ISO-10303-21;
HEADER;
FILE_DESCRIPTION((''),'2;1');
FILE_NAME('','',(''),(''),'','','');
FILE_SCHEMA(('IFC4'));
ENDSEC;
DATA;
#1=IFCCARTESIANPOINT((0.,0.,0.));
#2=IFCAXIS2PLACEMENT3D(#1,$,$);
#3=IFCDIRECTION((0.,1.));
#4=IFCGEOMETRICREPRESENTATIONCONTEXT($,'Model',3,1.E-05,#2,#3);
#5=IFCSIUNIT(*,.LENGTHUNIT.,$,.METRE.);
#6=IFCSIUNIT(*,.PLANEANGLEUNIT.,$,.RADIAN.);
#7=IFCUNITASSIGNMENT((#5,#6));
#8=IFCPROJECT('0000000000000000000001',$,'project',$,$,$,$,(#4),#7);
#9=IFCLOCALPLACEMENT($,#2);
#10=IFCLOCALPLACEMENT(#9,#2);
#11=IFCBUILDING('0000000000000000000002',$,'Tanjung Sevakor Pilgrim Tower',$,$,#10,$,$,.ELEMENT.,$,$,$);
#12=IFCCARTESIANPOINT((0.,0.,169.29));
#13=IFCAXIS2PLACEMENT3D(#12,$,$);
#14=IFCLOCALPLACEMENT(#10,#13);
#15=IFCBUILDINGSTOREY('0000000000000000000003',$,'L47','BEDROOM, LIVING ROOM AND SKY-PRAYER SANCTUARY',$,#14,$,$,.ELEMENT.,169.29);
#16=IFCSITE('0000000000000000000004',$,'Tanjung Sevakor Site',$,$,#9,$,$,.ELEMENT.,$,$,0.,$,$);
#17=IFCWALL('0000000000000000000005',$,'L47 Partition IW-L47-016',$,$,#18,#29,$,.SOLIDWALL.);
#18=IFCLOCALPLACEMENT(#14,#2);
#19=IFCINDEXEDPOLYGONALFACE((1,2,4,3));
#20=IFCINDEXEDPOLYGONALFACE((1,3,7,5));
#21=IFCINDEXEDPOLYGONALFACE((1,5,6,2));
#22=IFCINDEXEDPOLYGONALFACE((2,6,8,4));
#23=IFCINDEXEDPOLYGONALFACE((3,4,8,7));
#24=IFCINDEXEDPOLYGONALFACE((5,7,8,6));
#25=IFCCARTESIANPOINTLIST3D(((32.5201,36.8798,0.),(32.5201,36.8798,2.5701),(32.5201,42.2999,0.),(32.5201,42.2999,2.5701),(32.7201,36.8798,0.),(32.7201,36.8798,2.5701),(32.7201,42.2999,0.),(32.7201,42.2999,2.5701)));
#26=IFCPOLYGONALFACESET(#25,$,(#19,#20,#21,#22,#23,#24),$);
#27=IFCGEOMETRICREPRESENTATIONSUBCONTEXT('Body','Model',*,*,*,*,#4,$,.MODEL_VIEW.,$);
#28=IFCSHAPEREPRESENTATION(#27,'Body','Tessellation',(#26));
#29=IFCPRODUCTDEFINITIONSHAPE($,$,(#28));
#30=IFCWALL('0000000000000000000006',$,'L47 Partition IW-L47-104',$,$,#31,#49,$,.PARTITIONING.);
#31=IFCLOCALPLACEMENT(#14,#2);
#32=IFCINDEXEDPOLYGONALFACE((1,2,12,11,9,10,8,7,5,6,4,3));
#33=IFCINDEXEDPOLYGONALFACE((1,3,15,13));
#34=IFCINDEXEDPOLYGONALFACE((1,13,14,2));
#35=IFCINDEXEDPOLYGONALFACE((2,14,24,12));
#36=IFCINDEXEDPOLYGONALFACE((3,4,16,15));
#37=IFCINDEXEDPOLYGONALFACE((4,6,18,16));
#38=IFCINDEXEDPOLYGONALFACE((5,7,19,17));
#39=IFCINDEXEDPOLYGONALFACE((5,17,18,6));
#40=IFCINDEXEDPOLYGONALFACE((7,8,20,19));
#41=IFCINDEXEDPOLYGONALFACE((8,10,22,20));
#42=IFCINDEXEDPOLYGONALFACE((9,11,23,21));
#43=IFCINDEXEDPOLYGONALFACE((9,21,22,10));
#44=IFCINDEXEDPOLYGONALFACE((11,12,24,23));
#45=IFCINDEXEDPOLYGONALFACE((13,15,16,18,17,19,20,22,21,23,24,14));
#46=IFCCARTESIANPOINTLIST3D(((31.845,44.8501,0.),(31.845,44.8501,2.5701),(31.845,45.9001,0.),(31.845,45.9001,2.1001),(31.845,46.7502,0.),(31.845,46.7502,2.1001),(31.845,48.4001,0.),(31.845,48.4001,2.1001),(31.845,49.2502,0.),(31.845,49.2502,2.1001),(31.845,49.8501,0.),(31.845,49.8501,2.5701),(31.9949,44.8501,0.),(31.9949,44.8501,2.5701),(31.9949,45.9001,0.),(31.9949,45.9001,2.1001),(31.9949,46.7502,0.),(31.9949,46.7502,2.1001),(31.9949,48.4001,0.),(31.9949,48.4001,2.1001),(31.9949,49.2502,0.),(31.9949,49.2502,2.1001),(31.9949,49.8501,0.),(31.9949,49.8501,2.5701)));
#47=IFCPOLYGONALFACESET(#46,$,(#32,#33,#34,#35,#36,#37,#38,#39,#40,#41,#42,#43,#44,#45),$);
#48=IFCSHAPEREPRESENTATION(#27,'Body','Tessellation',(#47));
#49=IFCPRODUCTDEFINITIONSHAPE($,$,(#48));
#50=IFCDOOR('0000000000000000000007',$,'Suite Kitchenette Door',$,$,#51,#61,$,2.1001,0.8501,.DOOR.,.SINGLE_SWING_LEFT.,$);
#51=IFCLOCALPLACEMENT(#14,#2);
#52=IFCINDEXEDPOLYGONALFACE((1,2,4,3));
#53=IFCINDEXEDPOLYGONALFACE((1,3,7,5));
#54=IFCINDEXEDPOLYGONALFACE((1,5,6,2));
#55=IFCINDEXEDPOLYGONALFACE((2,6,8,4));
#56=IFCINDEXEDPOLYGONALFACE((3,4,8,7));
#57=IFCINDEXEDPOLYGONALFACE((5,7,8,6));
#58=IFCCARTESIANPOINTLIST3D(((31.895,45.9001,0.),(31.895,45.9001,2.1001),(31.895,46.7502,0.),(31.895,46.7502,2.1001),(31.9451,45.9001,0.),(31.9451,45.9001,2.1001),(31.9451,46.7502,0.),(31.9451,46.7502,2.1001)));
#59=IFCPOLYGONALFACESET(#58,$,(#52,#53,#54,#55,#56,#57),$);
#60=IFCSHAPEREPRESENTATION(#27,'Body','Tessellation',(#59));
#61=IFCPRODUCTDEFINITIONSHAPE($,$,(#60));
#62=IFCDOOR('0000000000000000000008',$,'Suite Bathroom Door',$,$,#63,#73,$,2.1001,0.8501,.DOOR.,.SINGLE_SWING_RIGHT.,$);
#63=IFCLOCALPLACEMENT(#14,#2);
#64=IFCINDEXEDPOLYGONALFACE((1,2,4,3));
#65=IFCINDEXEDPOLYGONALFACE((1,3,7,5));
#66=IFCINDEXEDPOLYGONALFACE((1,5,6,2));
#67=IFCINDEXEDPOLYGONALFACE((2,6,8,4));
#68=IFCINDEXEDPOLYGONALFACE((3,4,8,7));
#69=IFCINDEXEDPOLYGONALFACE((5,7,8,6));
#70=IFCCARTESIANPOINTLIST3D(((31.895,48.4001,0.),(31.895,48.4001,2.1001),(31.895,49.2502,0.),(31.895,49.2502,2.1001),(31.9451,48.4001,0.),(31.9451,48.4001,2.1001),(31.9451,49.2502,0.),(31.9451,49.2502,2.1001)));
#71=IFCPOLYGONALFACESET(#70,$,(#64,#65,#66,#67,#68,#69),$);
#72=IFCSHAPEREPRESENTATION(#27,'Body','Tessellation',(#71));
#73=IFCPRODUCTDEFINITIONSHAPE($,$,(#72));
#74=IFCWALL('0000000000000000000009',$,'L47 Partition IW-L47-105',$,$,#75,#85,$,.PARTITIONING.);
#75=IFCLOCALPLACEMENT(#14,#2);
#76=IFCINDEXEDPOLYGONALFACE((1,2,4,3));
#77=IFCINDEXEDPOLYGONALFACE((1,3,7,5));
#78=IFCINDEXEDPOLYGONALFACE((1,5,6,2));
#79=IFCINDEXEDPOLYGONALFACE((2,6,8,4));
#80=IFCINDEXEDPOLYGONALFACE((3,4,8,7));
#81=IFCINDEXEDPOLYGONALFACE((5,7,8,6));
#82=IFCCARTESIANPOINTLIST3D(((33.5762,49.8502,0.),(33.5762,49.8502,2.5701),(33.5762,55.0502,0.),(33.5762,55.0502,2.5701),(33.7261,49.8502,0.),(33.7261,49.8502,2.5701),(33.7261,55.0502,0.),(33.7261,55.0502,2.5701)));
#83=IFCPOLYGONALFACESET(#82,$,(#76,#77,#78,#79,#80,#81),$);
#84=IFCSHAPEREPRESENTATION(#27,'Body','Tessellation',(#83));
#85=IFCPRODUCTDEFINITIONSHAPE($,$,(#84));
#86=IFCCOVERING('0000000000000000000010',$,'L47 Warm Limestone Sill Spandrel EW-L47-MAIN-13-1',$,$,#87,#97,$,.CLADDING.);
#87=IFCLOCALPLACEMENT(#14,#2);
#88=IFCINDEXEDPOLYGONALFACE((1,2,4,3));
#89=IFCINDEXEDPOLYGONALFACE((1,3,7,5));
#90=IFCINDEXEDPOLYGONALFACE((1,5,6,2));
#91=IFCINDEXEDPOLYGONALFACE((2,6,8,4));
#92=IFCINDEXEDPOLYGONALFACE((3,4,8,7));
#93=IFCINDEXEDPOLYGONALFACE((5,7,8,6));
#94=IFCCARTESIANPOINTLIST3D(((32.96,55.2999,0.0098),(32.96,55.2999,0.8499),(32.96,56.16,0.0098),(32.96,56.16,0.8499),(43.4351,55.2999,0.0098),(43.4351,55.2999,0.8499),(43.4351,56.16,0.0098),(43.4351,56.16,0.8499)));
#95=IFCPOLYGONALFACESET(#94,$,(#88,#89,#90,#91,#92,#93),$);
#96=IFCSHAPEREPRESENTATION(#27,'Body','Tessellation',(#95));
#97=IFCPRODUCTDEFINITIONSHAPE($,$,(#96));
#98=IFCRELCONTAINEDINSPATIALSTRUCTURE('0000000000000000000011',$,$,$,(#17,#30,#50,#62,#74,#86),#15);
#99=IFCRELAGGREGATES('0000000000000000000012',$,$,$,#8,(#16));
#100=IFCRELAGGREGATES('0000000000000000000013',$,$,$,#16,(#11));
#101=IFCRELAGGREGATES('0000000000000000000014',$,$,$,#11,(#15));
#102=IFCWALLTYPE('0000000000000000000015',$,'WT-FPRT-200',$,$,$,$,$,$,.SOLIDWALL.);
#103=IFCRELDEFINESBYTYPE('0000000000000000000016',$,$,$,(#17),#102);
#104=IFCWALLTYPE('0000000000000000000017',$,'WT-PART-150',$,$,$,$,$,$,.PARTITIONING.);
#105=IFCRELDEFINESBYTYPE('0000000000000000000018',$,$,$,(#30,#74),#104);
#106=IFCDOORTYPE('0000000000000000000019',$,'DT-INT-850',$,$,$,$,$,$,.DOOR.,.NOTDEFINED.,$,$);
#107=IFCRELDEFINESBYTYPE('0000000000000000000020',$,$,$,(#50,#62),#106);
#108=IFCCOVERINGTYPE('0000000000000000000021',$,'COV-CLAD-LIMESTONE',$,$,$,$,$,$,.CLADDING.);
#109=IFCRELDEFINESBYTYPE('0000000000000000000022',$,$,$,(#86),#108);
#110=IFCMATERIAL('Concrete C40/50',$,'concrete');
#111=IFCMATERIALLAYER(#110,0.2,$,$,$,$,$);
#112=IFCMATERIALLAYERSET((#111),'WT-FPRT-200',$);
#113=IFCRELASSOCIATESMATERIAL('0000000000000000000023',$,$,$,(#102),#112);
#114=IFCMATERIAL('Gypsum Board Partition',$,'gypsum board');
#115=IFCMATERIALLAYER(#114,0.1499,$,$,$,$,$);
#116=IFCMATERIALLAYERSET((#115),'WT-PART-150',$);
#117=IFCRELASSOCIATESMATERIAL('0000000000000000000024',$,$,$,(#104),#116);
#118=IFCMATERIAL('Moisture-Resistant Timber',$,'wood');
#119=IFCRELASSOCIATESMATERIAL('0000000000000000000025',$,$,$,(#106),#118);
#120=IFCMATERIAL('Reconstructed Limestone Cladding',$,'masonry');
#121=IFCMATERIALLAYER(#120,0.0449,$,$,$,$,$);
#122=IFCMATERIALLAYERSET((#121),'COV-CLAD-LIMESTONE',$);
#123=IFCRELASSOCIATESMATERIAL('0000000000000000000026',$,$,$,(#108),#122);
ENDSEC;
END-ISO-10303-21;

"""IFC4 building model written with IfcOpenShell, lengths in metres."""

from ifc_helpers import new_model, si_unit, direction, frame, frame_2d, origin, origin_2d, place, context, subcontext, project, spatial, rectangle, extrude, material, layer, layer_set, type_object, element, fill, save


model = new_model("IFC4")

# Units and contexts
model_context = context("Model", 3, precision=1e-05, world=origin(), true_north=direction((0.0, 1.0)))
body_context = subcontext(model_context, "Body", "Model", "MODEL_VIEW")
ifc_project = project(units=[si_unit("LENGTHUNIT", "METRE"), si_unit("PLANEANGLEUNIT", "RADIAN")], contexts=[model_context])

# Site, building, storey
site_placement = place(None, origin())
site = spatial("IfcSite", under=ifc_project, at=site_placement, Name="Tanjung Sevakor Site", CompositionType="ELEMENT", RefElevation=0.0)
building_placement = place(site_placement, origin())
building = spatial("IfcBuilding", under=site, at=building_placement, Name="Tanjung Sevakor Pilgrim Tower", CompositionType="ELEMENT")
storey_placement = place(building_placement, frame((0.0, 0.0, 169.29)))
storey = spatial("IfcBuildingStorey", under=building, at=storey_placement, Name="L47", Description="BEDROOM, LIVING ROOM AND SKY-PRAYER SANCTUARY", CompositionType="ELEMENT", Elevation=169.29)

# Wall
ifc_material_1 = material(Name="Concrete C40/50", Category="concrete")
ifc_layer_1 = layer(ifc_material_1, 0.2)
ifc_layer_set_1 = layer_set([ifc_layer_1], Name="WT-FPRT-200")
wall_type_1 = type_object("IfcWallType", Name="WT-FPRT-200", PredefinedType="SOLIDWALL", material=ifc_layer_set_1)
wall_1_placement = place(storey_placement, frame((32.6201, 36.8799, 0.0), z_axis=(0.0, 0.0, 1.0), x_axis=(0.0, 1.0, 0.0)))
element("IfcWall", 1, at=wall_1_placement, inside=storey, type_object=wall_type_1, Name="L47 Partition IW-L47-016", PredefinedType="SOLIDWALL", context=body_context, shape_type="SweptSolid", body=[
    extrude(rectangle(XDim=5.4202, YDim=0.2, at=frame_2d((2.71, 0.0))), origin(), (0.0, 0.0, 1.0), 2.5701),
])

# Wall, openings, doors
ifc_material_2 = material(Name="Gypsum Board Partition", Category="gypsum board")
ifc_layer_2 = layer(ifc_material_2, 0.1499)
ifc_layer_set_2 = layer_set([ifc_layer_2], Name="WT-PART-150")
wall_type_2 = type_object("IfcWallType", Name="WT-PART-150", PredefinedType="PARTITIONING", material=ifc_layer_set_2)
wall_2_placement = place(storey_placement, frame((31.9199, 44.8501, 0.0), z_axis=(0.0, 0.0, 1.0), x_axis=(0.0, 1.0, 0.0)))
wall_2 = element("IfcWall", 2, at=wall_2_placement, inside=storey, type_object=wall_type_2, Name="L47 Partition IW-L47-104", PredefinedType="PARTITIONING", context=body_context, shape_type="SweptSolid", body=[
    extrude(rectangle(XDim=5.0, YDim=0.1499, at=frame_2d((2.5, 0.0))), origin(), (0.0, 0.0, 1.0), 2.5701),
])
opening_1_placement = place(wall_2_placement, frame((1.05, 0.0, 0.0)))
opening_1 = element("IfcOpeningElement", 3, at=opening_1_placement, cuts=wall_2, PredefinedType="OPENING", context=body_context, shape_type="SweptSolid", body=[
    extrude(rectangle(XDim=0.8501, YDim=2.1001, at=frame_2d((0.425, 1.05))), frame((0.0, 0.085, 0.0), z_axis=(0.0, -1.0, 0.0), x_axis=(1.0, 0.0, 0.0)), (0.0, 0.0, 1.0), 0.1699),
])
opening_2_placement = place(wall_2_placement, frame((3.55, 0.0, 0.0)))
opening_2 = element("IfcOpeningElement", 4, at=opening_2_placement, cuts=wall_2, PredefinedType="OPENING", context=body_context, shape_type="SweptSolid", body=[
    extrude(rectangle(XDim=0.8501, YDim=2.1001, at=frame_2d((0.425, 1.05))), frame((0.0, 0.085, 0.0), z_axis=(0.0, -1.0, 0.0), x_axis=(1.0, 0.0, 0.0)), (0.0, 0.0, 1.0), 0.1699),
])
ifc_material_3 = material(Name="Moisture-Resistant Timber", Category="wood")
door_type_1 = type_object("IfcDoorType", Name="DT-INT-850", OperationType="NOTDEFINED", PredefinedType="DOOR", material=ifc_material_3)
door_1_placement = place(opening_1_placement, origin())
door_1 = element("IfcDoor", 5, at=door_1_placement, inside=storey, type_object=door_type_1, Name="Suite Kitchenette Door", OperationType="SINGLE_SWING_LEFT", OverallHeight=2.1001, OverallWidth=0.8501, PredefinedType="DOOR", context=body_context, shape_type="SweptSolid", body=[
    extrude(rectangle(XDim=0.8501, YDim=2.1001, at=frame_2d((0.425, 1.05))), frame((0.0, 0.0249, 0.0), z_axis=(0.0, -1.0, 0.0), x_axis=(1.0, 0.0, 0.0)), (0.0, 0.0, 1.0), 0.05),
])
fill(opening_1, door_1)
door_2_placement = place(opening_2_placement, origin())
door_2 = element("IfcDoor", 6, at=door_2_placement, inside=storey, type_object=door_type_1, Name="Suite Bathroom Door", OperationType="SINGLE_SWING_RIGHT", OverallHeight=2.1001, OverallWidth=0.8501, PredefinedType="DOOR", context=body_context, shape_type="SweptSolid", body=[
    extrude(rectangle(XDim=0.8501, YDim=2.1001, at=frame_2d((0.425, 1.05))), frame((0.0, 0.0249, 0.0), z_axis=(0.0, -1.0, 0.0), x_axis=(1.0, 0.0, 0.0)), (0.0, 0.0, 1.0), 0.05),
])
fill(opening_2, door_2)

# Wall
wall_3_placement = place(storey_placement, frame((33.6511, 49.8501, 0.0), z_axis=(0.0, 0.0, 1.0), x_axis=(0.0, 1.0, 0.0)))
element("IfcWall", 7, at=wall_3_placement, inside=storey, type_object=wall_type_2, Name="L47 Partition IW-L47-105", PredefinedType="PARTITIONING", context=body_context, shape_type="SweptSolid", body=[
    extrude(rectangle(XDim=5.2, YDim=0.1499, at=frame_2d((2.6001, 0.0))), origin(), (0.0, 0.0, 1.0), 2.5701),
])

# Covering
ifc_material_4 = material(Name="Reconstructed Limestone Cladding", Category="masonry")
ifc_layer_3 = layer(ifc_material_4, 0.0449)
ifc_layer_set_3 = layer_set([ifc_layer_3], Name="COV-CLAD-LIMESTONE")
covering_type = type_object("IfcCoveringType", Name="COV-CLAD-LIMESTONE", PredefinedType="CLADDING", material=ifc_layer_set_3)
covering_placement = place(storey_placement, frame((38.1975, 55.73, 0.0098), z_axis=(0.0, 0.0, 1.0), x_axis=(-1.0, 0.0, 0.0)))
element("IfcCovering", 8, at=covering_placement, inside=storey, type_object=covering_type, Name="L47 Warm Limestone Sill Spandrel EW-L47-MAIN-13-1", PredefinedType="CLADDING", context=body_context, shape_type="SweptSolid", body=[
    extrude(rectangle(XDim=10.4751, YDim=0.8601, at=origin_2d()), origin(), (0.0, 0.0, 1.0), 0.8401),
])

save(model, "model.ifc")
